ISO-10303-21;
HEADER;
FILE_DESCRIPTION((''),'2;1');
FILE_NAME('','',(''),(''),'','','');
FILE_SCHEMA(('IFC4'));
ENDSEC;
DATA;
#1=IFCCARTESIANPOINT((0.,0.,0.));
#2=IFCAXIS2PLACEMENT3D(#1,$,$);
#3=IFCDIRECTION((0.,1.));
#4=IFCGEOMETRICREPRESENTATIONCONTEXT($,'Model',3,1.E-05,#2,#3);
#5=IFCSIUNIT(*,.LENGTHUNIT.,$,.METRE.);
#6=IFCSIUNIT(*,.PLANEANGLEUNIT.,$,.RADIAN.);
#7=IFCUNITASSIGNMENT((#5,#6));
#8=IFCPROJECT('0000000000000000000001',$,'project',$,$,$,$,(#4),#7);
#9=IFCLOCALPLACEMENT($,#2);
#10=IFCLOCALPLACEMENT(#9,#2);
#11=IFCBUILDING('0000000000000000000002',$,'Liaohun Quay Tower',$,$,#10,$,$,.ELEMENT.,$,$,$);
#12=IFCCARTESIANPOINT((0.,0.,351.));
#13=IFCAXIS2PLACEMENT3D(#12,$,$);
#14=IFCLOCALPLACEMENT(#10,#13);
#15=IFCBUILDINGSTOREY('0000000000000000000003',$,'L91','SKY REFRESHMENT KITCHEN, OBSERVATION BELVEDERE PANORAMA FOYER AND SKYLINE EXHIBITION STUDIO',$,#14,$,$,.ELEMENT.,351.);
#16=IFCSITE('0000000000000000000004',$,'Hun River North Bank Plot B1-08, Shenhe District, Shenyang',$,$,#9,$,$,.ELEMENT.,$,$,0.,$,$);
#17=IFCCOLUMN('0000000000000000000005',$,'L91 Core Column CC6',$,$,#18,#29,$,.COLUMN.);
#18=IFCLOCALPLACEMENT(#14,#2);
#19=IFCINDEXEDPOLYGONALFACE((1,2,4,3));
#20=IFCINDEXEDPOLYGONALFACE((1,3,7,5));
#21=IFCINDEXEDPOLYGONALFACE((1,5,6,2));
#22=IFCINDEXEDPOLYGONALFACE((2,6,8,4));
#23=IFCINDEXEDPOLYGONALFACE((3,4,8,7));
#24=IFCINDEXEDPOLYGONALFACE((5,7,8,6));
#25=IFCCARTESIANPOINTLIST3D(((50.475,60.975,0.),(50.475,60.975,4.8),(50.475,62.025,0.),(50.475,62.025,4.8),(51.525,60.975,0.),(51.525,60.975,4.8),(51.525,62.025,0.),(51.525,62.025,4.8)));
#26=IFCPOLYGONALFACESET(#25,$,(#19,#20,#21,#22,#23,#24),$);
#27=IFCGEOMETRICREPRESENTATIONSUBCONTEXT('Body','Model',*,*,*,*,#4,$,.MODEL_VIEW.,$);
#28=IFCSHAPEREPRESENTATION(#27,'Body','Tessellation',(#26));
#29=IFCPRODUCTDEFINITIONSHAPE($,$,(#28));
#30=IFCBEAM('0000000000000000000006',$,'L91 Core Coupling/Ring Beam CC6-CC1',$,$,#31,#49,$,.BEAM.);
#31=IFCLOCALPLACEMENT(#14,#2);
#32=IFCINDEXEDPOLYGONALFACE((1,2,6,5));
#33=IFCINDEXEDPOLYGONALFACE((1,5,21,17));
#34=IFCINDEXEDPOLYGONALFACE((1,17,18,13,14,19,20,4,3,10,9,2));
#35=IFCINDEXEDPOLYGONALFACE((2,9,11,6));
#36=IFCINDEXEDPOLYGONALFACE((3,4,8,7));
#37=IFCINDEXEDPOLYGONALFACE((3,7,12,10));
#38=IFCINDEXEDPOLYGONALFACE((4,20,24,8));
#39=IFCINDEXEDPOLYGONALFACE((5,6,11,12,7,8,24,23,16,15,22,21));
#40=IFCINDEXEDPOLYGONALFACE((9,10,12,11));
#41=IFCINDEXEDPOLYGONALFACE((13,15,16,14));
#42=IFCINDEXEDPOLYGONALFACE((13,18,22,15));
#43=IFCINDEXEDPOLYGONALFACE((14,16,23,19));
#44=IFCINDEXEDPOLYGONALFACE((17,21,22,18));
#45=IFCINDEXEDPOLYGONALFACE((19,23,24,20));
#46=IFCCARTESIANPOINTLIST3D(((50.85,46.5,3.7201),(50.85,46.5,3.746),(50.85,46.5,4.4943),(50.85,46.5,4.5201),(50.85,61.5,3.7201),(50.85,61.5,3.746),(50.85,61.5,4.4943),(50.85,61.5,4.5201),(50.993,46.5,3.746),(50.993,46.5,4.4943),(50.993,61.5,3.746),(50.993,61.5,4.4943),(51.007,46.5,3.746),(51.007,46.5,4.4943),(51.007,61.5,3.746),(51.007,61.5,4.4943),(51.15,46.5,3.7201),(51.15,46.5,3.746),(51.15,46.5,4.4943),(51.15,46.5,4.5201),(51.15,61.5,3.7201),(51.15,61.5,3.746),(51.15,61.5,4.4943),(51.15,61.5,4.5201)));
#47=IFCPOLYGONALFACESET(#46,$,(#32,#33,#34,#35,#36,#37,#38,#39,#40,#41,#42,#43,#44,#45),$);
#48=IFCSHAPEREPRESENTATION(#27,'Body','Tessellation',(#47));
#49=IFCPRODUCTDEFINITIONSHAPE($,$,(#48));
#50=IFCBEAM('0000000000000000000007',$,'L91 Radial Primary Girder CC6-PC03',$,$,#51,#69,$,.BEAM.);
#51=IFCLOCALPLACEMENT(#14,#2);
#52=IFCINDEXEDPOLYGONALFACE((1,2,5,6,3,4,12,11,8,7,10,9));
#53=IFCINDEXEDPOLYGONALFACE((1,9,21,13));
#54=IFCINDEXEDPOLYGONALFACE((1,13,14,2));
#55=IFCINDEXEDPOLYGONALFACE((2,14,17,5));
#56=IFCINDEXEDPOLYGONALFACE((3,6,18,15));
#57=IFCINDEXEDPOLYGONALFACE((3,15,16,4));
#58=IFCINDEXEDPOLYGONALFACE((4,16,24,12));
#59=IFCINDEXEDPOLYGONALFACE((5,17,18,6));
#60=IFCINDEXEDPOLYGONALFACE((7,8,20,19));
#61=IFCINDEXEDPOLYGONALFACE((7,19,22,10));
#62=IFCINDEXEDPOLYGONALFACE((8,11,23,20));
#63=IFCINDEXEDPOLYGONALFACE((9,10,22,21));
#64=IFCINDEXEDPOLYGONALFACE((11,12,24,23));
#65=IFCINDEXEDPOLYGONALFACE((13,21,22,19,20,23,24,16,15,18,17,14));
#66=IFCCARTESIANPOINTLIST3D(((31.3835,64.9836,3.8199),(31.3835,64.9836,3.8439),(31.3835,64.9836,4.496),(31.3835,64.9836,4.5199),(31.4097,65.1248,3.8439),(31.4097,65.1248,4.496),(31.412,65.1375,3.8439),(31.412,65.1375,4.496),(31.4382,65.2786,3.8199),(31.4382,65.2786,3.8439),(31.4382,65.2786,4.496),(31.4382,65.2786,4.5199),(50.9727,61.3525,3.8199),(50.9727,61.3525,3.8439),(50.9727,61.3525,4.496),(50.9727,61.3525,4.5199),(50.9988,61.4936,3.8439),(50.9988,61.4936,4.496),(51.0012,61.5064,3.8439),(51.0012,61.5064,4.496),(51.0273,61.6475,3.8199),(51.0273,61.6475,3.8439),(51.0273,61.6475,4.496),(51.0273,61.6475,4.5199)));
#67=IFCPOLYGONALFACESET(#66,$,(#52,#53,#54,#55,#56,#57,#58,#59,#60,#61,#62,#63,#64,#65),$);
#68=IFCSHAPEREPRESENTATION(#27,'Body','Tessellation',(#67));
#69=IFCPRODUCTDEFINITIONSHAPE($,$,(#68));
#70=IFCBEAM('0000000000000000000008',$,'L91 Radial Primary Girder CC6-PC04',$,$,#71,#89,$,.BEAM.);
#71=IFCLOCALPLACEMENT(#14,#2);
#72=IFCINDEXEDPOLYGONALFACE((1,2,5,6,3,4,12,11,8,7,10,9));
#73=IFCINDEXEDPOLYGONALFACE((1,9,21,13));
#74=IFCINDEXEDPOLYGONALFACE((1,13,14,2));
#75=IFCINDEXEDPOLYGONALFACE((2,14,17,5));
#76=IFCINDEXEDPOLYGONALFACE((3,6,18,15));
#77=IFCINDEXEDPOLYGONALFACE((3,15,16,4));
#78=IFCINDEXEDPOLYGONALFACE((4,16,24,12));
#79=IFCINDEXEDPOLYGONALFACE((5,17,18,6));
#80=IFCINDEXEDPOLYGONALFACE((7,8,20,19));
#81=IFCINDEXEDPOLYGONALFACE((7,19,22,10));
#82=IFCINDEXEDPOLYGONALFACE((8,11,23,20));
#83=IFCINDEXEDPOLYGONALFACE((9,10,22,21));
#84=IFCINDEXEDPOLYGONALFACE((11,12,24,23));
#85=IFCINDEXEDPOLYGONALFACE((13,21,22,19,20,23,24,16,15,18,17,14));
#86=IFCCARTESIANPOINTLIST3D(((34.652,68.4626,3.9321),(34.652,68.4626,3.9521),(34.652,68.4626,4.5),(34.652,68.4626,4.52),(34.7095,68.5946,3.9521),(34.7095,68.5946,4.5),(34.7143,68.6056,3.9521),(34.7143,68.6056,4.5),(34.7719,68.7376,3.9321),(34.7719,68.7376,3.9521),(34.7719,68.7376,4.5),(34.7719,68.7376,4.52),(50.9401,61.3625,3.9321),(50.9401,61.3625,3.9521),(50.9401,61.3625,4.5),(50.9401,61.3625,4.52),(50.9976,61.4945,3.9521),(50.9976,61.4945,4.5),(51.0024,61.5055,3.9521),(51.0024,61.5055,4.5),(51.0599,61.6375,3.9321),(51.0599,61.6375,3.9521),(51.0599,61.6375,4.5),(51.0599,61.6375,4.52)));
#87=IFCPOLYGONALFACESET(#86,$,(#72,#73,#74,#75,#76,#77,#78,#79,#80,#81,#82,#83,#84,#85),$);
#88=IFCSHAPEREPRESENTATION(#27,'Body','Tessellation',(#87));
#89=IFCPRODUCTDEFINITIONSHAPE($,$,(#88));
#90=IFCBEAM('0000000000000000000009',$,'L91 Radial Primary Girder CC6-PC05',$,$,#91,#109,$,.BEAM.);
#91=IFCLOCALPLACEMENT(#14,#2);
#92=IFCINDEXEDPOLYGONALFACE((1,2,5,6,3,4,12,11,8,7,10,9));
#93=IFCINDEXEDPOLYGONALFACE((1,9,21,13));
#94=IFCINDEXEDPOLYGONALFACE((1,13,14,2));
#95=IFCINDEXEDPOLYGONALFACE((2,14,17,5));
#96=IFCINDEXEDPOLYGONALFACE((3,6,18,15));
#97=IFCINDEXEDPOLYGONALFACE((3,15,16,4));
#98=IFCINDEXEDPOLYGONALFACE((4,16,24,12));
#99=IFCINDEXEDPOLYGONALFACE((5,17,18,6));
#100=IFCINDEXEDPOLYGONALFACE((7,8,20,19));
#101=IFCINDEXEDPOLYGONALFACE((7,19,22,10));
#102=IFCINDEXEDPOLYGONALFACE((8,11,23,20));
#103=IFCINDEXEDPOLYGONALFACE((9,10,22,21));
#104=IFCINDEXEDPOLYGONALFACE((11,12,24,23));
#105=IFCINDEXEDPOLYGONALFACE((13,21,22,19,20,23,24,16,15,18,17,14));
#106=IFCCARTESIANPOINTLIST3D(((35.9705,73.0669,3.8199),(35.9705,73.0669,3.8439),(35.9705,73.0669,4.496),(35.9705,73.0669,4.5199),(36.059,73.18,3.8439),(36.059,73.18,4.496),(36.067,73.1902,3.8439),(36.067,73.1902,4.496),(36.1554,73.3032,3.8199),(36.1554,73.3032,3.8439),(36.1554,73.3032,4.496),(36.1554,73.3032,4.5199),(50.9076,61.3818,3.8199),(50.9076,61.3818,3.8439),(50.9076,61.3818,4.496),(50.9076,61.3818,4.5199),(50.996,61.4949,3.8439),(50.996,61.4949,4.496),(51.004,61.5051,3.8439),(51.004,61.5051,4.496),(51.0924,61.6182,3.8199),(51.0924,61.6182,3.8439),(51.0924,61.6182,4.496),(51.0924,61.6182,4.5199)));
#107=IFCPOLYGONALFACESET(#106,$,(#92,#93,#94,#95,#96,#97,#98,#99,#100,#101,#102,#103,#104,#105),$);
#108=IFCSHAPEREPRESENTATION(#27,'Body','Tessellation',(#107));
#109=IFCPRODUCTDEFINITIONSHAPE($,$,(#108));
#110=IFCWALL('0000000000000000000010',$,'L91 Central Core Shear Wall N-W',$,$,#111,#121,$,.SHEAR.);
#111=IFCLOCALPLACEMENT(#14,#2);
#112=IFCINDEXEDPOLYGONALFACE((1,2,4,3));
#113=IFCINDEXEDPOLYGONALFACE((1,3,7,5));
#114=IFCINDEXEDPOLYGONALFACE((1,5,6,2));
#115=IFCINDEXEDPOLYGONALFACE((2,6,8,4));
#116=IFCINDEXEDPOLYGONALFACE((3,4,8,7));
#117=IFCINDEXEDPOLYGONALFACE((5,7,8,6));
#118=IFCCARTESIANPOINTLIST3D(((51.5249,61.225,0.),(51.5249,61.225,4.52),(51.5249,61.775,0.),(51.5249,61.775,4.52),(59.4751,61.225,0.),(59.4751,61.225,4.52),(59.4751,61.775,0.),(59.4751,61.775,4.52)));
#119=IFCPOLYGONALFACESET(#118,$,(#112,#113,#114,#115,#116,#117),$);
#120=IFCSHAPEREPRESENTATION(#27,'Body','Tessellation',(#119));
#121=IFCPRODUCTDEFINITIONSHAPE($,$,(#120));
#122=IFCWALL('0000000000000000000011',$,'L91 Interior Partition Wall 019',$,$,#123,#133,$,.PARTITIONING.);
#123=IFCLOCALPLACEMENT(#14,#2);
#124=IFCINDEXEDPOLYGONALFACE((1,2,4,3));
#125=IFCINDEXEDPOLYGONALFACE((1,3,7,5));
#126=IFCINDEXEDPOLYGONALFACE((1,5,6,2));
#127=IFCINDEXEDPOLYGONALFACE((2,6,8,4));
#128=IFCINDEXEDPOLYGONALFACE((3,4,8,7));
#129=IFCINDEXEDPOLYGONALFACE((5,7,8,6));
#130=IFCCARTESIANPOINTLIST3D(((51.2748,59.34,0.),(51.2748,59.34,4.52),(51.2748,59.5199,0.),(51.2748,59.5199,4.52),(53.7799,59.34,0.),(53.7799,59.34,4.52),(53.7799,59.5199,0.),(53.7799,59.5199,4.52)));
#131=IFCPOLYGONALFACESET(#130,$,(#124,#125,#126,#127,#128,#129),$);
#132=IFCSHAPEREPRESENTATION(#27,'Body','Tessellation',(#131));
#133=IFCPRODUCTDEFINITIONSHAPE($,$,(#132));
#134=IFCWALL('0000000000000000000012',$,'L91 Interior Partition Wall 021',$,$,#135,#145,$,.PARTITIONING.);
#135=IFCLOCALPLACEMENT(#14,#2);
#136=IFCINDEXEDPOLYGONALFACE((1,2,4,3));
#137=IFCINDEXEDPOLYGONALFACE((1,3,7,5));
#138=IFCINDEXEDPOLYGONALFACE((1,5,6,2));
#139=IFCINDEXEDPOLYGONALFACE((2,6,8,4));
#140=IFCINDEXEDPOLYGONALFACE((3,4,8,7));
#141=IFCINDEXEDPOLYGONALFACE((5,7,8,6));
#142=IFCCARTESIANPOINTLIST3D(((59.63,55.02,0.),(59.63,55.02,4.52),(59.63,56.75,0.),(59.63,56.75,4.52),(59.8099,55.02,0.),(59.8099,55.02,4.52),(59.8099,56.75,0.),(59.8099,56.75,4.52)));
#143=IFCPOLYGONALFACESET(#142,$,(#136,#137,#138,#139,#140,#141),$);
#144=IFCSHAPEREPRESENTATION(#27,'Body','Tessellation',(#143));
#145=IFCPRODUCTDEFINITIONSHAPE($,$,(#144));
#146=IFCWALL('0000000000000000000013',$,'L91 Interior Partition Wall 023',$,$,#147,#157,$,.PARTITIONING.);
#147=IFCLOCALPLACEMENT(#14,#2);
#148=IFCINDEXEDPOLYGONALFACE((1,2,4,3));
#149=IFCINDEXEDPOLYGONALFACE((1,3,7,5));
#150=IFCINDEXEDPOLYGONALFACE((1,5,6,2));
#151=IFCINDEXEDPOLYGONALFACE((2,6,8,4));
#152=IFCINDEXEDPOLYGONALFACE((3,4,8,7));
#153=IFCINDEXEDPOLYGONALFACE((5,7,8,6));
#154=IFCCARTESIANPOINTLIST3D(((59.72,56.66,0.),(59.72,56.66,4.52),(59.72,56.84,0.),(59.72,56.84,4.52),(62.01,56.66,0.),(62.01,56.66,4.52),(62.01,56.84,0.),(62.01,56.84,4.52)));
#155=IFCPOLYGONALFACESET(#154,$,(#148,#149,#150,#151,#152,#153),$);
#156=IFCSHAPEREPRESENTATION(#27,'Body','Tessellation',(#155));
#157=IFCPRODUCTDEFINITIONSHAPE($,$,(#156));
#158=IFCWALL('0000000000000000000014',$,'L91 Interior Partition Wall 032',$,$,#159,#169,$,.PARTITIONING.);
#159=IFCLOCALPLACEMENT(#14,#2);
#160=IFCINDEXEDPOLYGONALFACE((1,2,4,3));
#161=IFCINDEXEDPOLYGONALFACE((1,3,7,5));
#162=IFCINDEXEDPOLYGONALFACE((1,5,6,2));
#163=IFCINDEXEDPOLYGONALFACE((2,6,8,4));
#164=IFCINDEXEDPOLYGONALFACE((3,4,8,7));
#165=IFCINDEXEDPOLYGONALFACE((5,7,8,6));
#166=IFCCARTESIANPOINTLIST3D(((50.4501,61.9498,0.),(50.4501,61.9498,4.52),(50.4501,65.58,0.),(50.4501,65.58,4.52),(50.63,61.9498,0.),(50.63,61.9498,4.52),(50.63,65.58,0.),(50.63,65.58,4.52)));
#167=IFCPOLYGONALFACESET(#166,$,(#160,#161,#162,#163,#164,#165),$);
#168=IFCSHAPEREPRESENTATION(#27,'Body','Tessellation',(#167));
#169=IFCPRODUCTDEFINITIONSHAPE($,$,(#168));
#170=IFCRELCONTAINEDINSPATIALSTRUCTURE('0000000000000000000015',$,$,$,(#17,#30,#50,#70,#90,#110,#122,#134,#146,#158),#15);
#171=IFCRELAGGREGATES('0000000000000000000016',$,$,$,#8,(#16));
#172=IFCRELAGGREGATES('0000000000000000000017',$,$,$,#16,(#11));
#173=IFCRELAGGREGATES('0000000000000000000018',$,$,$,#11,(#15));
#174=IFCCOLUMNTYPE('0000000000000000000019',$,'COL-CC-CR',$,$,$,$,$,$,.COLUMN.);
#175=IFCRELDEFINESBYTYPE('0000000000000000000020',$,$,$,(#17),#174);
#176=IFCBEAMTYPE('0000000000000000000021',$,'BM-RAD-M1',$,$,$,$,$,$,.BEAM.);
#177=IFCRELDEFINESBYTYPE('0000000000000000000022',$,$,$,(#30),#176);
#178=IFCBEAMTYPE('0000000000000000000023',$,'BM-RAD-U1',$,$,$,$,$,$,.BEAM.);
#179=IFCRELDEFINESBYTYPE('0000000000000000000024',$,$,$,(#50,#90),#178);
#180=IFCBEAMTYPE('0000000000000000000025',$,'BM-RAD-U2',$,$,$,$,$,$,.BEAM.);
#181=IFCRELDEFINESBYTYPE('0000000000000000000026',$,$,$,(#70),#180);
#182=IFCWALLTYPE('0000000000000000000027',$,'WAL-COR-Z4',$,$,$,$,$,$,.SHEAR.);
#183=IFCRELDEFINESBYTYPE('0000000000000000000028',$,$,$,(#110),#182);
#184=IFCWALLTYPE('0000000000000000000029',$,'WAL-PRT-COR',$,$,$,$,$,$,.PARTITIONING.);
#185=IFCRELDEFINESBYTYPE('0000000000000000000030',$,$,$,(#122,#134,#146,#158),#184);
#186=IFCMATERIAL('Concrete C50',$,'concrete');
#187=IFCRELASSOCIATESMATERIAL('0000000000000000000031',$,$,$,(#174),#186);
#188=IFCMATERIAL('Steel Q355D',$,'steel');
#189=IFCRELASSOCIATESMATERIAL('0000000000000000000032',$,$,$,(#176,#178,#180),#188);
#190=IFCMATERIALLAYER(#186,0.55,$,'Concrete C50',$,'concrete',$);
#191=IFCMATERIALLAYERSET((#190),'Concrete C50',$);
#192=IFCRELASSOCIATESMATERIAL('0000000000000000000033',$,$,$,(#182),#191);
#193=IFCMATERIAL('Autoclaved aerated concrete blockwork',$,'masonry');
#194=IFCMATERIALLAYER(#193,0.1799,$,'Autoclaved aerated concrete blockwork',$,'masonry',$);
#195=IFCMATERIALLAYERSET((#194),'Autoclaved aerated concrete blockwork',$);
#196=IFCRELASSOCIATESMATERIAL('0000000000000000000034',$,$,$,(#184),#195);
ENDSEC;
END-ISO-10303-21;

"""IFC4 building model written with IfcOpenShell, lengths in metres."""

from ifc_helpers import new_model, si_unit, direction, frame, frame_2d, origin, origin_2d, place, context, subcontext, project, spatial, rectangle, i_section, extrude, source, transform, mapped, material, layer, layer_set, material_profile, profile_set, type_object, element, save


model = new_model("IFC4")

# Units and contexts
model_context = context("Model", 3, precision=1e-05, world=origin(), true_north=direction((0.0, 1.0)))
body_context = subcontext(model_context, "Body", "Model", "MODEL_VIEW")
ifc_project = project(units=[si_unit("LENGTHUNIT", "METRE"), si_unit("PLANEANGLEUNIT", "RADIAN")], contexts=[model_context])

# Site, building, storey
site_placement = place(None, origin())
site = spatial("IfcSite", under=ifc_project, at=site_placement, Name="Hun River North Bank Plot B1-08, Shenhe District, Shenyang", CompositionType="ELEMENT", RefElevation=0.0)
building_placement = place(site_placement, origin())
building = spatial("IfcBuilding", under=site, at=building_placement, Name="Liaohun Quay Tower", CompositionType="ELEMENT")
storey_placement = place(building_placement, frame((0.0, 0.0, 351.0)))
storey = spatial("IfcBuildingStorey", under=building, at=storey_placement, Name="L91", Description="SKY REFRESHMENT KITCHEN, OBSERVATION BELVEDERE PANORAMA FOYER AND SKYLINE EXHIBITION STUDIO", CompositionType="ELEMENT", Elevation=351.0)

# Column
ifc_material_1 = material(Name="Concrete C50", Category="concrete")
ifc_material_profile_1 = material_profile(ifc_material_1, rectangle(XDim=1.05, YDim=1.05, at=origin_2d()), Name="RC1050x1050")
ifc_profile_set_1 = profile_set([ifc_material_profile_1], Name="Concrete C50")
column_type = type_object("IfcColumnType", Name="COL-CC-CR", PredefinedType="COLUMN", material=ifc_profile_set_1)
shared_shape_1 = source(origin(), body_context, "Body", "SweptSolid", [
    extrude(rectangle(XDim=1.05, YDim=1.05, at=origin_2d()), origin(), (0.0, 0.0, 1.0), 4.8),
])
column_placement = place(storey_placement, frame((51.0, 61.5, 0.0), z_axis=(0.0, 0.0, 1.0), x_axis=(1.0, 0.0, 0.0)))
element("IfcColumn", 1, at=column_placement, inside=storey, type_object=column_type, Name="L91 Core Column CC6", PredefinedType="COLUMN", context=body_context, shape_type="MappedRepresentation", body=[
    mapped(shared_shape_1, transform((0.0, 0.0, 0.0), x_axis=(1.0, 0.0, 0.0), y_axis=(0.0, 1.0, 0.0), z_axis=(0.0, 0.0, 1.0), scale=1.0)),
])

# Beams
ifc_material_2 = material(Name="Steel Q355D", Category="steel")
ifc_material_profile_2 = material_profile(ifc_material_2, i_section(OverallWidth=0.3, OverallDepth=0.8, WebThickness=0.0139, FlangeThickness=0.0259, at=origin_2d()), Name="HN800x300x14x26")
ifc_profile_set_2 = profile_set([ifc_material_profile_2], Name="Steel Q355D")
beam_type_1 = type_object("IfcBeamType", Name="BM-RAD-M1", PredefinedType="BEAM", material=ifc_profile_set_2)
shared_shape_2 = source(origin(), body_context, "Body", "SweptSolid", [
    extrude(i_section(OverallWidth=0.3, OverallDepth=0.8, WebThickness=0.0139, FlangeThickness=0.0259, at=origin_2d()), origin(), (0.0, 0.0, 1.0), 15.0),
])
beam_1_placement = place(storey_placement, frame((51.0, 61.5, 4.1201), z_axis=(0.0, -1.0, 0.0), x_axis=(1.0, 0.0, 0.0)))
element("IfcBeam", 2, at=beam_1_placement, inside=storey, type_object=beam_type_1, Name="L91 Core Coupling/Ring Beam CC6-CC1", PredefinedType="BEAM", context=body_context, shape_type="MappedRepresentation", body=[
    mapped(shared_shape_2, transform((0.0, 0.0, 0.0), x_axis=(1.0, 0.0, 0.0), y_axis=(0.0, 1.0, 0.0), z_axis=(0.0, 0.0, 1.0), scale=1.0)),
])
ifc_material_profile_3 = material_profile(ifc_material_2, i_section(OverallWidth=0.3, OverallDepth=0.7, WebThickness=0.0129, FlangeThickness=0.0239, at=origin_2d()), Name="HN700x300x13x24")
ifc_profile_set_3 = profile_set([ifc_material_profile_3], Name="Steel Q355D")
beam_type_2 = type_object("IfcBeamType", Name="BM-RAD-U1", PredefinedType="BEAM", material=ifc_profile_set_3)
shared_shape_3 = source(origin(), body_context, "Body", "SweptSolid", [
    extrude(i_section(OverallWidth=0.3, OverallDepth=0.7, WebThickness=0.0129, FlangeThickness=0.0239, at=origin_2d()), origin(), (0.0, 0.0, 1.0), 19.9229),
])
beam_2_placement = place(storey_placement, frame((51.0, 61.5, 4.1699), z_axis=(-0.983251, 0.182259, 0.0), x_axis=(-0.182259, -0.983251, 0.0)))
element("IfcBeam", 3, at=beam_2_placement, inside=storey, type_object=beam_type_2, Name="L91 Radial Primary Girder CC6-PC03", PredefinedType="BEAM", context=body_context, shape_type="MappedRepresentation", body=[
    mapped(shared_shape_3, transform((0.0, 0.0, 0.0), x_axis=(1.0, 0.0, 0.0), y_axis=(0.0, 1.0, 0.0), z_axis=(0.0, 0.0, 1.0), scale=1.0)),
])
ifc_material_profile_4 = material_profile(ifc_material_2, i_section(OverallWidth=0.3, OverallDepth=0.5879, WebThickness=0.012, FlangeThickness=0.02, at=origin_2d()), Name="HM588x300x12x20")
ifc_profile_set_4 = profile_set([ifc_material_profile_4], Name="Steel Q355D")
beam_type_3 = type_object("IfcBeamType", Name="BM-RAD-U2", PredefinedType="BEAM", material=ifc_profile_set_4)
shared_shape_4 = source(origin(), body_context, "Body", "SweptSolid", [
    extrude(i_section(OverallWidth=0.3, OverallDepth=0.5879, WebThickness=0.012, FlangeThickness=0.02, at=origin_2d()), origin(), (0.0, 0.0, 1.0), 17.7683),
])
beam_3_placement = place(storey_placement, frame((51.0, 61.5, 4.2261), z_axis=(-0.916693, 0.399593, 0.0), x_axis=(-0.399593, -0.916693, 0.0)))
element("IfcBeam", 4, at=beam_3_placement, inside=storey, type_object=beam_type_3, Name="L91 Radial Primary Girder CC6-PC04", PredefinedType="BEAM", context=body_context, shape_type="MappedRepresentation", body=[
    mapped(shared_shape_4, transform((0.0, 0.0, 0.0), x_axis=(1.0, 0.0, 0.0), y_axis=(0.0, 1.0, 0.0), z_axis=(0.0, 0.0, 1.0), scale=1.0)),
])
shared_shape_5 = source(origin(), body_context, "Body", "SweptSolid", [
    extrude(i_section(OverallWidth=0.3, OverallDepth=0.7, WebThickness=0.0129, FlangeThickness=0.0239, at=origin_2d()), origin(), (0.0, 0.0, 1.0), 18.9646),
])
beam_4_placement = place(storey_placement, frame((51.0, 61.5, 4.1699), z_axis=(-0.787627, 0.616152, 0.0), x_axis=(-0.616152, -0.787627, 0.0)))
element("IfcBeam", 5, at=beam_4_placement, inside=storey, type_object=beam_type_2, Name="L91 Radial Primary Girder CC6-PC05", PredefinedType="BEAM", context=body_context, shape_type="MappedRepresentation", body=[
    mapped(shared_shape_5, transform((0.0, 0.0, 0.0), x_axis=(1.0, 0.0, 0.0), y_axis=(0.0, 1.0, 0.0), z_axis=(0.0, 0.0, 1.0), scale=1.0)),
])

# Walls
ifc_layer_1 = layer(ifc_material_1, 0.55, Name="Concrete C50", Category="concrete")
ifc_layer_set_1 = layer_set([ifc_layer_1], Name="Concrete C50")
wall_type_1 = type_object("IfcWallType", Name="WAL-COR-Z4", PredefinedType="SHEAR", material=ifc_layer_set_1)
wall_1_placement = place(storey_placement, frame((51.5249, 61.5, 0.0), z_axis=(0.0, 0.0, 1.0), x_axis=(1.0, 0.0, 0.0)))
element("IfcWall", 6, at=wall_1_placement, inside=storey, type_object=wall_type_1, Name="L91 Central Core Shear Wall N-W", PredefinedType="SHEAR", context=body_context, shape_type="SweptSolid", body=[
    extrude(rectangle(XDim=7.9502, YDim=0.55, at=frame_2d((3.9751, 0.0))), origin(), (0.0, 0.0, 1.0), 4.52),
])
ifc_material_3 = material(Name="Autoclaved aerated concrete blockwork", Category="masonry")
ifc_layer_2 = layer(ifc_material_3, 0.1799, Name="Autoclaved aerated concrete blockwork", Category="masonry")
ifc_layer_set_2 = layer_set([ifc_layer_2], Name="Autoclaved aerated concrete blockwork")
wall_type_2 = type_object("IfcWallType", Name="WAL-PRT-COR", PredefinedType="PARTITIONING", material=ifc_layer_set_2)
wall_2_placement = place(storey_placement, frame((51.2749, 59.4299, 0.0), z_axis=(0.0, 0.0, 1.0), x_axis=(1.0, 0.0, 0.0)))
element("IfcWall", 7, at=wall_2_placement, inside=storey, type_object=wall_type_2, Name="L91 Interior Partition Wall 019", PredefinedType="PARTITIONING", context=body_context, shape_type="SweptSolid", body=[
    extrude(rectangle(XDim=2.5051, YDim=0.1799, at=frame_2d((1.2524, 0.0))), origin(), (0.0, 0.0, 1.0), 4.52),
])
wall_3_placement = place(storey_placement, frame((59.72, 55.02, 0.0), z_axis=(0.0, 0.0, 1.0), x_axis=(0.0, 1.0, 0.0)))
element("IfcWall", 8, at=wall_3_placement, inside=storey, type_object=wall_type_2, Name="L91 Interior Partition Wall 021", PredefinedType="PARTITIONING", context=body_context, shape_type="SweptSolid", body=[
    extrude(rectangle(XDim=1.73, YDim=0.1799, at=frame_2d((0.865, 0.0))), origin(), (0.0, 0.0, 1.0), 4.52),
])
wall_4_placement = place(storey_placement, frame((59.72, 56.75, 0.0), z_axis=(0.0, 0.0, 1.0), x_axis=(1.0, 0.0, 0.0)))
element("IfcWall", 9, at=wall_4_placement, inside=storey, type_object=wall_type_2, Name="L91 Interior Partition Wall 023", PredefinedType="PARTITIONING", context=body_context, shape_type="SweptSolid", body=[
    extrude(rectangle(XDim=2.29, YDim=0.1799, at=frame_2d((1.145, 0.0))), origin(), (0.0, 0.0, 1.0), 4.52),
])
wall_5_placement = place(storey_placement, frame((50.54, 61.95, 0.0), z_axis=(0.0, 0.0, 1.0), x_axis=(0.0, 1.0, 0.0)))
element("IfcWall", 10, at=wall_5_placement, inside=storey, type_object=wall_type_2, Name="L91 Interior Partition Wall 032", PredefinedType="PARTITIONING", context=body_context, shape_type="SweptSolid", body=[
    extrude(rectangle(XDim=3.6301, YDim=0.1799, at=frame_2d((1.8149, 0.0))), origin(), (0.0, 0.0, 1.0), 4.52),
])

save(model, "model.ifc")
